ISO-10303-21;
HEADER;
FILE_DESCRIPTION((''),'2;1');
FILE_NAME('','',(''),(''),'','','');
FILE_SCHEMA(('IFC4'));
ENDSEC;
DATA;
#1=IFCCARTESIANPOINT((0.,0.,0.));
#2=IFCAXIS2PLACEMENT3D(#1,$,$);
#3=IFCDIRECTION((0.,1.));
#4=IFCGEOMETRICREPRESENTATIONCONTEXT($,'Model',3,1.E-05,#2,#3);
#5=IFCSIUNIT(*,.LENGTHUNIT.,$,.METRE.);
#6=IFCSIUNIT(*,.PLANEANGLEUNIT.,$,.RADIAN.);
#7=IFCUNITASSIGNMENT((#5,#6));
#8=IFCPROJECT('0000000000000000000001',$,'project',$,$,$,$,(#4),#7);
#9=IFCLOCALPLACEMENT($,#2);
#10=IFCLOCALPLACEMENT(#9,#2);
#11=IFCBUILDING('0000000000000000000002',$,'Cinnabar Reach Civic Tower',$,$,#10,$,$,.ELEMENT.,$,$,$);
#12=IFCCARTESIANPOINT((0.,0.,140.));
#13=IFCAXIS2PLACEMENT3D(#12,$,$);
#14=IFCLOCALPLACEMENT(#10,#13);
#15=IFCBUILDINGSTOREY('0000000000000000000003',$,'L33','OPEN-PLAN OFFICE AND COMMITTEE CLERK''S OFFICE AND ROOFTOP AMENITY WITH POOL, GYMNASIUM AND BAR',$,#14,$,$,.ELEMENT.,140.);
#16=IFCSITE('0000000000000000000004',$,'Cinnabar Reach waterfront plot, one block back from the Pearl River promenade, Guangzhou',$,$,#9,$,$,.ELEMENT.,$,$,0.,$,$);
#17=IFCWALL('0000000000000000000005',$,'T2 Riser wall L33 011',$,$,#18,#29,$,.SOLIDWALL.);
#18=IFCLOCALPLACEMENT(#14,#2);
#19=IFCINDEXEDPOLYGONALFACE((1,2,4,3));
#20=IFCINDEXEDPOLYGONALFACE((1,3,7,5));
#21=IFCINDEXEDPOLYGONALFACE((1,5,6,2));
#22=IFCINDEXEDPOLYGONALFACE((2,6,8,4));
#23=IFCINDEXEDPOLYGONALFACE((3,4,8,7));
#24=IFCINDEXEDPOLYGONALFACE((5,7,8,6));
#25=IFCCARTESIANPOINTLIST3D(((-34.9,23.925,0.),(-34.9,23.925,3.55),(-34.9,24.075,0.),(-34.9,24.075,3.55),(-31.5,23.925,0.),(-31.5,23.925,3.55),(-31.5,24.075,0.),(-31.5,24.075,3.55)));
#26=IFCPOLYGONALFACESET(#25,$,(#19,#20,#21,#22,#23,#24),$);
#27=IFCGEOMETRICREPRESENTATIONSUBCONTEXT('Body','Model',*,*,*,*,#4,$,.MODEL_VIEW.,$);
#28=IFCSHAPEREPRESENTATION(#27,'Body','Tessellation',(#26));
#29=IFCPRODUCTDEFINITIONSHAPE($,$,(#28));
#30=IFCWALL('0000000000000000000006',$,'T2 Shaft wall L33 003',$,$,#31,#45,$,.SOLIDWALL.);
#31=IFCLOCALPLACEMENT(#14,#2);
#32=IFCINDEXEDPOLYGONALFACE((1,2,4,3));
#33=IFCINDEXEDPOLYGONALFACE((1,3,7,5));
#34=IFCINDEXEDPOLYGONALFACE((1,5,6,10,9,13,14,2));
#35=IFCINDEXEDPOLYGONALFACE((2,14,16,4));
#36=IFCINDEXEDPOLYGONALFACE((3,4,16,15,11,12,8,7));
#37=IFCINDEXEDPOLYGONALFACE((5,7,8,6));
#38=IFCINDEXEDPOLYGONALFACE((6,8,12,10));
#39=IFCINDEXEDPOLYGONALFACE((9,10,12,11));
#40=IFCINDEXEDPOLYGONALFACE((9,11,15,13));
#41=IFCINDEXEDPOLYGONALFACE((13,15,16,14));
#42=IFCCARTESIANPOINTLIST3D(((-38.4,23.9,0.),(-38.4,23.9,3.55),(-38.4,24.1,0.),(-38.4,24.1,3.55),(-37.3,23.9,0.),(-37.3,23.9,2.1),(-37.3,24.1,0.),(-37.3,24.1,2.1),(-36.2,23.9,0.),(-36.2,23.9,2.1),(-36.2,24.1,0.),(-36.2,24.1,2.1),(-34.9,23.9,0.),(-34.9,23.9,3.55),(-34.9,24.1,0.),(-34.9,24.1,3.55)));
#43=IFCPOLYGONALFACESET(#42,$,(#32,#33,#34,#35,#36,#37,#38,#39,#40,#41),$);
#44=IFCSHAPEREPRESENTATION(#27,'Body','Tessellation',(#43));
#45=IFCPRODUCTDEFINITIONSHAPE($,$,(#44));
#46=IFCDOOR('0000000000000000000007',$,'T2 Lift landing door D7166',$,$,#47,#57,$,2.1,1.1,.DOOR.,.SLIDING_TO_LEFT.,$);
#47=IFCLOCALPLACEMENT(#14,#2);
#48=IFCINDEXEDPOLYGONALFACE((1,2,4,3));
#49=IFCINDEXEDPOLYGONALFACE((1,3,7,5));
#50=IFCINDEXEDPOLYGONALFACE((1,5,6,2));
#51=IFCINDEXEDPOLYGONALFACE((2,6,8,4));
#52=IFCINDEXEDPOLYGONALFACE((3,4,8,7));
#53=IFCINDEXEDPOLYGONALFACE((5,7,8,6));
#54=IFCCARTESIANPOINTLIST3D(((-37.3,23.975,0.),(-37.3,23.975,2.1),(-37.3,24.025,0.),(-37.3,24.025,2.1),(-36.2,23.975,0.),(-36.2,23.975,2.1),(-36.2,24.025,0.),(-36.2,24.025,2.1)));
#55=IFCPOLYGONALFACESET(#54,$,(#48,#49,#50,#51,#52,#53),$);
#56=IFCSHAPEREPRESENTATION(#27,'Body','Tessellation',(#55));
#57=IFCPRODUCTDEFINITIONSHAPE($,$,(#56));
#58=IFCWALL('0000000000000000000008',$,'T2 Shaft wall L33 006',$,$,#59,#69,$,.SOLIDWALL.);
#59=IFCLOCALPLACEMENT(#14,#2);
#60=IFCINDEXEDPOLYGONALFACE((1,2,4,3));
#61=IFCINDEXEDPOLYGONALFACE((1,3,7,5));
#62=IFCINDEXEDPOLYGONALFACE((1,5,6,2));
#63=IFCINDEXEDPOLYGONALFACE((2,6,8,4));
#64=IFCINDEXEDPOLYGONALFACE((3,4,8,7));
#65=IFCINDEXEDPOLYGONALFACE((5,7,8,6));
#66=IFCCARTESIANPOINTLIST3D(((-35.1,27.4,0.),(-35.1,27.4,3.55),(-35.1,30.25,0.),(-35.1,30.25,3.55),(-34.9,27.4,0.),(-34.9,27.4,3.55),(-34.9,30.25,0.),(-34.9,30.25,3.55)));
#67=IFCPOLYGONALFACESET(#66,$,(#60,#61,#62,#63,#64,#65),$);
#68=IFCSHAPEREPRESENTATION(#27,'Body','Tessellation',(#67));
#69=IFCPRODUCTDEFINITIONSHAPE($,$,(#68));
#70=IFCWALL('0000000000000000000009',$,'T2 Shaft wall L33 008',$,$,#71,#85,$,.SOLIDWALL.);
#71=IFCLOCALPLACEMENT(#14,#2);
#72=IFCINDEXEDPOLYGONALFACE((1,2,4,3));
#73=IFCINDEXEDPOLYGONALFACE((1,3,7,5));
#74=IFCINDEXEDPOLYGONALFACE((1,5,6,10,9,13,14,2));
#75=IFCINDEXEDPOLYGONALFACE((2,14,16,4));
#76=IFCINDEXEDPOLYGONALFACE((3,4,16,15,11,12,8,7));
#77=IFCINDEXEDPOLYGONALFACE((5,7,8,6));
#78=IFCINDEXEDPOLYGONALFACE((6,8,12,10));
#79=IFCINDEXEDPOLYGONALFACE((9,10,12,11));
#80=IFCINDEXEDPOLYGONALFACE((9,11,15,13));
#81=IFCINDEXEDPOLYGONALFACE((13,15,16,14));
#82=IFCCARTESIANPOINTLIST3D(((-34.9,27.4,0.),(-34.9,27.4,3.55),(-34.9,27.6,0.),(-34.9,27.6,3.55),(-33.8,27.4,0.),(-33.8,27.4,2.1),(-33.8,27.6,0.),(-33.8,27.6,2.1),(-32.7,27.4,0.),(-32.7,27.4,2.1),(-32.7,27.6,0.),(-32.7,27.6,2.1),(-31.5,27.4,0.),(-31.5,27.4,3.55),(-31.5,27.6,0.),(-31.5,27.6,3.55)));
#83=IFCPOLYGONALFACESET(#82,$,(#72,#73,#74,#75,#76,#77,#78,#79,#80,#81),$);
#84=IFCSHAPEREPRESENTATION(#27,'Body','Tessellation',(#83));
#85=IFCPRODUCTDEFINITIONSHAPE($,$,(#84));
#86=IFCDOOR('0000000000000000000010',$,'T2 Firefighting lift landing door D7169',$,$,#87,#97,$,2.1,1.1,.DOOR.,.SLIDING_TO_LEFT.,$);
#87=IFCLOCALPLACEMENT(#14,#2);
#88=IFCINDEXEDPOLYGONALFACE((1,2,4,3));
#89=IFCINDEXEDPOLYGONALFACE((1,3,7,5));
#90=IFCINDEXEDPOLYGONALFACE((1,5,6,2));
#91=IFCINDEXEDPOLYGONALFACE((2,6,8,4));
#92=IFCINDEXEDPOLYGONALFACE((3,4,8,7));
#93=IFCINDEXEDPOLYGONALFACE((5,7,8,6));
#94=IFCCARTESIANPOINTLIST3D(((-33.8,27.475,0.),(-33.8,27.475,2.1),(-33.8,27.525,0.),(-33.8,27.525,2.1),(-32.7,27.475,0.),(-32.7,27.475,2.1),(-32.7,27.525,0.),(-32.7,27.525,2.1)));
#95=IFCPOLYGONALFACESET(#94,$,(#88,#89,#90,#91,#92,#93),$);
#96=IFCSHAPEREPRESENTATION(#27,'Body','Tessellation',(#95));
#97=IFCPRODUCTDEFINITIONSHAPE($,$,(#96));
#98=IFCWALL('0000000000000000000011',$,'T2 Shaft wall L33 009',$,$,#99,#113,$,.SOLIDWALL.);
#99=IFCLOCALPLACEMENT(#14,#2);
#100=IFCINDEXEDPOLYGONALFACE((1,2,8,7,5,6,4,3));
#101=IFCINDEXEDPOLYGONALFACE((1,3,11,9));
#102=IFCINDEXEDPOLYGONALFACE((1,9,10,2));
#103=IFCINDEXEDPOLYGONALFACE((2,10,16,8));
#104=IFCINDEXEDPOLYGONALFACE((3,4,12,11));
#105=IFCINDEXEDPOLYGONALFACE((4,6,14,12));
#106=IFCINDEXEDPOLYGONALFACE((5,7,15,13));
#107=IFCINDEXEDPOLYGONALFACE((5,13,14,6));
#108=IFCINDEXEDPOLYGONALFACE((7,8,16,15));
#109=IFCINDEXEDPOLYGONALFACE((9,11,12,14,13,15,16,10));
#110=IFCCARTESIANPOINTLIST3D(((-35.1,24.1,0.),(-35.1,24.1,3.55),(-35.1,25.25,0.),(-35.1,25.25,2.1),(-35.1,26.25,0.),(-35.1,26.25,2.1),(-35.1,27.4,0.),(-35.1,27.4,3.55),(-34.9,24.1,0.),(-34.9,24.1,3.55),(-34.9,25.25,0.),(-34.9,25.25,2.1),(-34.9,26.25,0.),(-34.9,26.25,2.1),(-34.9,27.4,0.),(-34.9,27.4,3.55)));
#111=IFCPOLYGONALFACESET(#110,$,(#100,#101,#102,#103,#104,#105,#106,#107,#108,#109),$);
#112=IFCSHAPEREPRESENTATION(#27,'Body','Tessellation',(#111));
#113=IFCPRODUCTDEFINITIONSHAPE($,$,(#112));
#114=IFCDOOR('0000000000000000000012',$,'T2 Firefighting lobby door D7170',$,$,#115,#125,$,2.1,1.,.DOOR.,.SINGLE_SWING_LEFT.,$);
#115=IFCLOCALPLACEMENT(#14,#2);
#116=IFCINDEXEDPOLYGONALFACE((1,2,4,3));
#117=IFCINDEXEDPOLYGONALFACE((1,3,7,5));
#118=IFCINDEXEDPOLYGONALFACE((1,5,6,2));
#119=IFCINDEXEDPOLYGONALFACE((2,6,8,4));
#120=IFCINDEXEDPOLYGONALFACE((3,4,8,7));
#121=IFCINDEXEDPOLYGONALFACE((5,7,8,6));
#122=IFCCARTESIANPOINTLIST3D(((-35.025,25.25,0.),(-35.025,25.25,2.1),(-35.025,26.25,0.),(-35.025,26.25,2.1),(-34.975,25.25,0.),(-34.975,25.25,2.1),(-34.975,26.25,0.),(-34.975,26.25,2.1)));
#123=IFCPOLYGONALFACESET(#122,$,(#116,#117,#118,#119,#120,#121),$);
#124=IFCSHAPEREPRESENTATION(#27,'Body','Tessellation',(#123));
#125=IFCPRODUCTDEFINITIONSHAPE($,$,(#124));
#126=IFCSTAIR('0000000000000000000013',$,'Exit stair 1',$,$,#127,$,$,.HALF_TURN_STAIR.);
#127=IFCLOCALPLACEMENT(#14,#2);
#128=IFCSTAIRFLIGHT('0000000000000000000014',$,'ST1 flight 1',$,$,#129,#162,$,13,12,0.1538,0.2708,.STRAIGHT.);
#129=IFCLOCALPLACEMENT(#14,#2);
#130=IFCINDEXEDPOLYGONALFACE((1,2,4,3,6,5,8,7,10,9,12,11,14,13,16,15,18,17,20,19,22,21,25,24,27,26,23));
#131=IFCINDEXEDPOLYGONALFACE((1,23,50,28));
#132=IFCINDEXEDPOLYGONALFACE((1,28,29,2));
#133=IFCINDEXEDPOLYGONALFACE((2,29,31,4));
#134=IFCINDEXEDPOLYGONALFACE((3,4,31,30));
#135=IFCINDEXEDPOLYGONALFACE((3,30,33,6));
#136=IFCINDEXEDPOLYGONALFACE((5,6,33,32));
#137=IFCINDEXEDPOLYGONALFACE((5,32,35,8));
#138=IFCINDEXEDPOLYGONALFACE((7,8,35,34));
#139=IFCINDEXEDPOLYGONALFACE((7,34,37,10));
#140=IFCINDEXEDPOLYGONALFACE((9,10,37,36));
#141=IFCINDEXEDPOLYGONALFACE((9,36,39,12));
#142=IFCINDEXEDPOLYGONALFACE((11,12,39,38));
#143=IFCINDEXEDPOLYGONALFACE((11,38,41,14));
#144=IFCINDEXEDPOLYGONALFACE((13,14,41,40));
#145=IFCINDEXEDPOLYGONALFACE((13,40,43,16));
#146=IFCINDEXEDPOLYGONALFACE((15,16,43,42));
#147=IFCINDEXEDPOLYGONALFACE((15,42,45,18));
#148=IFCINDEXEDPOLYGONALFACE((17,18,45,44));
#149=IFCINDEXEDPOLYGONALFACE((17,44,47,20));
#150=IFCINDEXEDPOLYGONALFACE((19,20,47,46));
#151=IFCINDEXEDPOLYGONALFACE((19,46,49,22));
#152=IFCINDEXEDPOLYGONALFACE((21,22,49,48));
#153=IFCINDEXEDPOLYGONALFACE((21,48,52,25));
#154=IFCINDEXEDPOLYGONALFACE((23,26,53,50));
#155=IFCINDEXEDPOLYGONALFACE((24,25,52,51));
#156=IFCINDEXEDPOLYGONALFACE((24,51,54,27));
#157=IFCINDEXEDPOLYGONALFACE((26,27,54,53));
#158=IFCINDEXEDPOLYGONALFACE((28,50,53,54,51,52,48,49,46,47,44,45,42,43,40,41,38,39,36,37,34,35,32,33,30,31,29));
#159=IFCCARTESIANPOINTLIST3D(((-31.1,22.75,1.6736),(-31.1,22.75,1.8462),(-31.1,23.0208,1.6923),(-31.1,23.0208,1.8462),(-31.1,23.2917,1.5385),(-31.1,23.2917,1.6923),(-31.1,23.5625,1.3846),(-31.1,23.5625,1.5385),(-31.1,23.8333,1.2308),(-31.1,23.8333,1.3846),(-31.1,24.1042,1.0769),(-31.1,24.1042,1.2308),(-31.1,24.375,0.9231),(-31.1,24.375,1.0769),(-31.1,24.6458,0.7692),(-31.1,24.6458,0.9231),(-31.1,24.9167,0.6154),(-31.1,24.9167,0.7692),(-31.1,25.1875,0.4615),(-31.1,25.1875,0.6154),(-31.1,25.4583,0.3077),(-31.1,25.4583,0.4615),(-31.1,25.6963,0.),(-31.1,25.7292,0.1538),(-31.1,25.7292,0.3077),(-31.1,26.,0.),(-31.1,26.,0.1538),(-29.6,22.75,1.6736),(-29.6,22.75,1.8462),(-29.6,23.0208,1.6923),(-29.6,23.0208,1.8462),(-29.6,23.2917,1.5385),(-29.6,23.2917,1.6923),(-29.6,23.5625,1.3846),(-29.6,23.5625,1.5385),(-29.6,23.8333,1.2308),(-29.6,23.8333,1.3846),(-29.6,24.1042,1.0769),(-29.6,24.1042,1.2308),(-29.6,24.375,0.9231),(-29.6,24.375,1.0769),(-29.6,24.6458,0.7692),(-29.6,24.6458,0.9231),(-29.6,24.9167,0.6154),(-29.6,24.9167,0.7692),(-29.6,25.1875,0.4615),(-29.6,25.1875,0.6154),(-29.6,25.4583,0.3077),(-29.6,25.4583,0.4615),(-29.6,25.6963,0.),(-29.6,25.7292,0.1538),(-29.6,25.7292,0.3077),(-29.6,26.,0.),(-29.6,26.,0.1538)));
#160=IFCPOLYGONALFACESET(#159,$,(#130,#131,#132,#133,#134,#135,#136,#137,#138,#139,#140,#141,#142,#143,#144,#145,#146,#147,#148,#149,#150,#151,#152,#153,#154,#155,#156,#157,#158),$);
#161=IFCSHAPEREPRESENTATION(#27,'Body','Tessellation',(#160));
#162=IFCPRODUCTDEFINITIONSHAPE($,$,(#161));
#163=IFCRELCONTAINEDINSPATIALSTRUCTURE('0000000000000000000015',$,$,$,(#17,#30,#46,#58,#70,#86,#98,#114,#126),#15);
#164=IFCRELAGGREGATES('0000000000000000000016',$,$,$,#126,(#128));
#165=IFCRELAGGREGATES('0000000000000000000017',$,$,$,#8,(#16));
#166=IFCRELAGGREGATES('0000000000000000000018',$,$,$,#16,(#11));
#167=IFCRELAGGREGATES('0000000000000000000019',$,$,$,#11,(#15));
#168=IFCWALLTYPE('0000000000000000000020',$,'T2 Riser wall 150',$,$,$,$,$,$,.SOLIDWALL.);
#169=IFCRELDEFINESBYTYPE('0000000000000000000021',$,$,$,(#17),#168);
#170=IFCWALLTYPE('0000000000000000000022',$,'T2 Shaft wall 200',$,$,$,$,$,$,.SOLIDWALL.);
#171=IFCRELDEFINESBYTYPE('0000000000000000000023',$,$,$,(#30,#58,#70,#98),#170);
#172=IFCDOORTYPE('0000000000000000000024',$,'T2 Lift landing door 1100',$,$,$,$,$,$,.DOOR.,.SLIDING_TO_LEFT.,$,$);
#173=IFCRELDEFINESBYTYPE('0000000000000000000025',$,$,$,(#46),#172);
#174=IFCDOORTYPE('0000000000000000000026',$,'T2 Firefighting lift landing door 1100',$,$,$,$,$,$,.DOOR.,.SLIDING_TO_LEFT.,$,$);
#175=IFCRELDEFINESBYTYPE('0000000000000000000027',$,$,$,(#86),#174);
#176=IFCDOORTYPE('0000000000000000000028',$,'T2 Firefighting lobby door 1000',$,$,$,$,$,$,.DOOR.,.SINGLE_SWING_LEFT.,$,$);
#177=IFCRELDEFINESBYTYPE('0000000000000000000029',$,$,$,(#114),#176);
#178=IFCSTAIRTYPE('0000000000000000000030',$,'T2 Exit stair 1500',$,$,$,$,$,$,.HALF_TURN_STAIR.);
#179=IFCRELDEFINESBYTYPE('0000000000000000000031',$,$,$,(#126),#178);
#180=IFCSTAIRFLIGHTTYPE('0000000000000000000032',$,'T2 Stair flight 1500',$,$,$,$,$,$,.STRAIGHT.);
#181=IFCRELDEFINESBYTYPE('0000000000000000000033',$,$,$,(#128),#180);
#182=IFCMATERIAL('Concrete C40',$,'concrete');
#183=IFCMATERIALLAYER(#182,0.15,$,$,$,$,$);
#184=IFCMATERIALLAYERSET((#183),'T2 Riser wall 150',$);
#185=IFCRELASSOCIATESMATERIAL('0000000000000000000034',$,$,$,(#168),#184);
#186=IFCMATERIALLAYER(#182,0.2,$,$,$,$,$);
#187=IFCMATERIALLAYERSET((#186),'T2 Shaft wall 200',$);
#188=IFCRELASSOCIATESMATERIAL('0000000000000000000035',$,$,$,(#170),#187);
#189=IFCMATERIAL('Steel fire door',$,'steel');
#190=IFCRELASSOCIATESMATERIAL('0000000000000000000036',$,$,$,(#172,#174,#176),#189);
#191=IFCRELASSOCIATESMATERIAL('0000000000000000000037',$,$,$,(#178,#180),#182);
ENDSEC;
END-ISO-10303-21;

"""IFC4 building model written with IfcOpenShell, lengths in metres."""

from ifc_helpers import new_model, si_unit, direction, frame, frame_2d, origin, place, context, subcontext, project, spatial, polyline, rectangle, outline, extrude, material, layer, layer_set, type_object, element, fill, aggregate, save


model = new_model("IFC4")

# Units and contexts
model_context = context("Model", 3, precision=1e-05, world=origin(), true_north=direction((0.0, 1.0)))
body_context = subcontext(model_context, "Body", "Model", "MODEL_VIEW")
ifc_project = project(units=[si_unit("LENGTHUNIT", "METRE"), si_unit("PLANEANGLEUNIT", "RADIAN")], contexts=[model_context])

# Site, building, storey
site_placement = place(None, origin())
site = spatial("IfcSite", under=ifc_project, at=site_placement, Name="Cinnabar Reach waterfront plot, one block back from the Pearl River promenade, Guangzhou", CompositionType="ELEMENT", RefElevation=0.0)
building_placement = place(site_placement, origin())
building = spatial("IfcBuilding", under=site, at=building_placement, Name="Cinnabar Reach Civic Tower", CompositionType="ELEMENT")
storey_placement = place(building_placement, frame((0.0, 0.0, 140.0)))
storey = spatial("IfcBuildingStorey", under=building, at=storey_placement, Name="L33", Description="OPEN-PLAN OFFICE AND COMMITTEE CLERK'S OFFICE AND ROOFTOP AMENITY WITH POOL, GYMNASIUM AND BAR", CompositionType="ELEMENT", Elevation=140.0)

# Shared definitions
ifc_material_1 = material(Name="Concrete C40", Category="concrete")

# Shared definitions
ifc_material_2 = material(Name="Steel fire door", Category="steel")

# Wall
ifc_layer_1 = layer(ifc_material_1, 0.15)
ifc_layer_set_1 = layer_set([ifc_layer_1], Name="T2 Riser wall 150")
wall_type_1 = type_object("IfcWallType", Name="T2 Riser wall 150", PredefinedType="SOLIDWALL", material=ifc_layer_set_1)
wall_1_placement = place(storey_placement, frame((-31.5, 24.0, 0.0), z_axis=(0.0, 0.0, 1.0), x_axis=(-1.0, 0.0, 0.0)))
element("IfcWall", 1, at=wall_1_placement, inside=storey, type_object=wall_type_1, Name="T2 Riser wall L33 011", PredefinedType="SOLIDWALL", context=body_context, shape_type="SweptSolid", body=[
    extrude(rectangle(XDim=3.4, YDim=0.15, at=frame_2d((1.7, 0.0))), origin(), (0.0, 0.0, 1.0), 3.55),
])

# Wall, opening, door
ifc_layer_2 = layer(ifc_material_1, 0.2)
ifc_layer_set_2 = layer_set([ifc_layer_2], Name="T2 Shaft wall 200")
wall_type_2 = type_object("IfcWallType", Name="T2 Shaft wall 200", PredefinedType="SOLIDWALL", material=ifc_layer_set_2)
wall_2_placement = place(storey_placement, frame((-34.9, 24.0, 0.0), z_axis=(0.0, 0.0, 1.0), x_axis=(-1.0, 0.0, 0.0)))
wall_2 = element("IfcWall", 2, at=wall_2_placement, inside=storey, type_object=wall_type_2, Name="T2 Shaft wall L33 003", PredefinedType="SOLIDWALL", context=body_context, shape_type="SweptSolid", body=[
    extrude(rectangle(XDim=3.5, YDim=0.2, at=frame_2d((1.75, 0.0))), origin(), (0.0, 0.0, 1.0), 3.55),
])
opening_1_placement = place(wall_2_placement, frame((1.3, 0.0, 0.0)))
opening_1 = element("IfcOpeningElement", 3, at=opening_1_placement, cuts=wall_2, PredefinedType="OPENING", context=body_context, shape_type="SweptSolid", body=[
    extrude(rectangle(XDim=1.1, YDim=2.1, at=frame_2d((0.55, 1.05))), frame((0.0, 0.11, 0.0), z_axis=(0.0, -1.0, 0.0), x_axis=(1.0, 0.0, 0.0)), (0.0, 0.0, 1.0), 0.22),
])
door_type_1 = type_object("IfcDoorType", Name="T2 Lift landing door 1100", OperationType="SLIDING_TO_LEFT", PredefinedType="DOOR", material=ifc_material_2)
door_1_placement = place(opening_1_placement, origin())
door_1 = element("IfcDoor", 4, at=door_1_placement, inside=storey, type_object=door_type_1, Name="T2 Lift landing door D7166", OperationType="SLIDING_TO_LEFT", OverallHeight=2.1, OverallWidth=1.1, PredefinedType="DOOR", context=body_context, shape_type="SweptSolid", body=[
    extrude(rectangle(XDim=1.1, YDim=2.1, at=frame_2d((0.55, 1.05))), frame((0.0, 0.025, 0.0), z_axis=(0.0, -1.0, 0.0), x_axis=(1.0, 0.0, 0.0)), (0.0, 0.0, 1.0), 0.05),
])
fill(opening_1, door_1)

# Wall
wall_3_placement = place(storey_placement, frame((-35.0, 27.4, 0.0), z_axis=(0.0, 0.0, 1.0), x_axis=(0.0, 1.0, 0.0)))
element("IfcWall", 5, at=wall_3_placement, inside=storey, type_object=wall_type_2, Name="T2 Shaft wall L33 006", PredefinedType="SOLIDWALL", context=body_context, shape_type="SweptSolid", body=[
    extrude(rectangle(XDim=2.85, YDim=0.2, at=frame_2d((1.425, 0.0))), origin(), (0.0, 0.0, 1.0), 3.55),
])

# Walls, openings, doors
wall_4_placement = place(storey_placement, frame((-34.9, 27.5, 0.0), z_axis=(0.0, 0.0, 1.0), x_axis=(1.0, 0.0, 0.0)))
wall_4 = element("IfcWall", 6, at=wall_4_placement, inside=storey, type_object=wall_type_2, Name="T2 Shaft wall L33 008", PredefinedType="SOLIDWALL", context=body_context, shape_type="SweptSolid", body=[
    extrude(rectangle(XDim=3.4, YDim=0.2, at=frame_2d((1.7, 0.0))), origin(), (0.0, 0.0, 1.0), 3.55),
])
opening_2_placement = place(wall_4_placement, frame((1.1, 0.0, 0.0)))
opening_2 = element("IfcOpeningElement", 7, at=opening_2_placement, cuts=wall_4, PredefinedType="OPENING", context=body_context, shape_type="SweptSolid", body=[
    extrude(rectangle(XDim=1.1, YDim=2.1, at=frame_2d((0.55, 1.05))), frame((0.0, 0.11, 0.0), z_axis=(0.0, -1.0, 0.0), x_axis=(1.0, 0.0, 0.0)), (0.0, 0.0, 1.0), 0.22),
])
door_type_2 = type_object("IfcDoorType", Name="T2 Firefighting lift landing door 1100", OperationType="SLIDING_TO_LEFT", PredefinedType="DOOR", material=ifc_material_2)
door_2_placement = place(opening_2_placement, origin())
door_2 = element("IfcDoor", 8, at=door_2_placement, inside=storey, type_object=door_type_2, Name="T2 Firefighting lift landing door D7169", OperationType="SLIDING_TO_LEFT", OverallHeight=2.1, OverallWidth=1.1, PredefinedType="DOOR", context=body_context, shape_type="SweptSolid", body=[
    extrude(rectangle(XDim=1.1, YDim=2.1, at=frame_2d((0.55, 1.05))), frame((0.0, 0.025, 0.0), z_axis=(0.0, -1.0, 0.0), x_axis=(1.0, 0.0, 0.0)), (0.0, 0.0, 1.0), 0.05),
])
fill(opening_2, door_2)
wall_5_placement = place(storey_placement, frame((-35.0, 24.1, 0.0), z_axis=(0.0, 0.0, 1.0), x_axis=(0.0, 1.0, 0.0)))
wall_5 = element("IfcWall", 9, at=wall_5_placement, inside=storey, type_object=wall_type_2, Name="T2 Shaft wall L33 009", PredefinedType="SOLIDWALL", context=body_context, shape_type="SweptSolid", body=[
    extrude(rectangle(XDim=3.3, YDim=0.2, at=frame_2d((1.65, 0.0))), origin(), (0.0, 0.0, 1.0), 3.55),
])
opening_3_placement = place(wall_5_placement, frame((1.15, 0.0, 0.0)))
opening_3 = element("IfcOpeningElement", 10, at=opening_3_placement, cuts=wall_5, PredefinedType="OPENING", context=body_context, shape_type="SweptSolid", body=[
    extrude(rectangle(XDim=1.0, YDim=2.1, at=frame_2d((0.5, 1.05))), frame((0.0, 0.11, 0.0), z_axis=(0.0, -1.0, 0.0), x_axis=(1.0, 0.0, 0.0)), (0.0, 0.0, 1.0), 0.22),
])
door_type_3 = type_object("IfcDoorType", Name="T2 Firefighting lobby door 1000", OperationType="SINGLE_SWING_LEFT", PredefinedType="DOOR", material=ifc_material_2)
door_3_placement = place(opening_3_placement, origin())
door_3 = element("IfcDoor", 11, at=door_3_placement, inside=storey, type_object=door_type_3, Name="T2 Firefighting lobby door D7170", OperationType="SINGLE_SWING_LEFT", OverallHeight=2.1, OverallWidth=1.0, PredefinedType="DOOR", context=body_context, shape_type="SweptSolid", body=[
    extrude(rectangle(XDim=1.0, YDim=2.1, at=frame_2d((0.5, 1.05))), frame((0.0, 0.025, 0.0), z_axis=(0.0, -1.0, 0.0), x_axis=(1.0, 0.0, 0.0)), (0.0, 0.0, 1.0), 0.05),
])
fill(opening_3, door_3)

# Stair, stair flight
stair_type = type_object("IfcStairType", Name="T2 Exit stair 1500", PredefinedType="HALF_TURN_STAIR", material=ifc_material_1)
stair_placement = place(storey_placement, origin())
stair = element("IfcStair", 12, at=stair_placement, inside=storey, type_object=stair_type, Name="Exit stair 1", PredefinedType="HALF_TURN_STAIR")
stair_flight_type = type_object("IfcStairFlightType", Name="T2 Stair flight 1500", PredefinedType="STRAIGHT", material=ifc_material_1)
stair_flight_1_placement = place(storey_placement, frame((-30.35, 26.0, 0.0), z_axis=(0.0, 0.0, 1.0), x_axis=(0.0, -1.0, 0.0)))
stair_flight_1 = element("IfcStairFlight", 13, at=stair_flight_1_placement, type_object=stair_flight_type, Name="ST1 flight 1", NumberOfRisers=13, NumberOfTreads=12, PredefinedType="STRAIGHT", RiserHeight=0.1538, TreadLength=0.2708, context=body_context, shape_type="SweptSolid", body=[
    extrude(outline(polyline([(0.0, 0.0), (0.0, 0.1538), (0.2708, 0.1538), (0.2708, 0.3077), (0.5417, 0.3077), (0.5417, 0.4615), (0.8125, 0.4615), (0.8125, 0.6154), (1.0833, 0.6154), (1.0833, 0.7692), (1.3542, 0.7692), (1.3542, 0.9231), (1.625, 0.9231), (1.625, 1.0769), (1.8958, 1.0769), (1.8958, 1.2308), (2.1667, 1.2308), (2.1667, 1.3846), (2.4375, 1.3846), (2.4375, 1.5385), (2.7083, 1.5385), (2.7083, 1.6923), (2.9792, 1.6923), (2.9792, 1.8462), (3.25, 1.8462), (3.25, 2.0), (3.25, 1.6736), (0.3037, 0.0), (0.0, 0.0)])), frame((0.0, 0.75, 0.0), z_axis=(0.0, -1.0, 0.0), x_axis=(1.0, 0.0, 0.0)), (0.0, 0.0, 1.0), 1.5),
])
aggregate(stair, [stair_flight_1])

save(model, "model.ifc")
